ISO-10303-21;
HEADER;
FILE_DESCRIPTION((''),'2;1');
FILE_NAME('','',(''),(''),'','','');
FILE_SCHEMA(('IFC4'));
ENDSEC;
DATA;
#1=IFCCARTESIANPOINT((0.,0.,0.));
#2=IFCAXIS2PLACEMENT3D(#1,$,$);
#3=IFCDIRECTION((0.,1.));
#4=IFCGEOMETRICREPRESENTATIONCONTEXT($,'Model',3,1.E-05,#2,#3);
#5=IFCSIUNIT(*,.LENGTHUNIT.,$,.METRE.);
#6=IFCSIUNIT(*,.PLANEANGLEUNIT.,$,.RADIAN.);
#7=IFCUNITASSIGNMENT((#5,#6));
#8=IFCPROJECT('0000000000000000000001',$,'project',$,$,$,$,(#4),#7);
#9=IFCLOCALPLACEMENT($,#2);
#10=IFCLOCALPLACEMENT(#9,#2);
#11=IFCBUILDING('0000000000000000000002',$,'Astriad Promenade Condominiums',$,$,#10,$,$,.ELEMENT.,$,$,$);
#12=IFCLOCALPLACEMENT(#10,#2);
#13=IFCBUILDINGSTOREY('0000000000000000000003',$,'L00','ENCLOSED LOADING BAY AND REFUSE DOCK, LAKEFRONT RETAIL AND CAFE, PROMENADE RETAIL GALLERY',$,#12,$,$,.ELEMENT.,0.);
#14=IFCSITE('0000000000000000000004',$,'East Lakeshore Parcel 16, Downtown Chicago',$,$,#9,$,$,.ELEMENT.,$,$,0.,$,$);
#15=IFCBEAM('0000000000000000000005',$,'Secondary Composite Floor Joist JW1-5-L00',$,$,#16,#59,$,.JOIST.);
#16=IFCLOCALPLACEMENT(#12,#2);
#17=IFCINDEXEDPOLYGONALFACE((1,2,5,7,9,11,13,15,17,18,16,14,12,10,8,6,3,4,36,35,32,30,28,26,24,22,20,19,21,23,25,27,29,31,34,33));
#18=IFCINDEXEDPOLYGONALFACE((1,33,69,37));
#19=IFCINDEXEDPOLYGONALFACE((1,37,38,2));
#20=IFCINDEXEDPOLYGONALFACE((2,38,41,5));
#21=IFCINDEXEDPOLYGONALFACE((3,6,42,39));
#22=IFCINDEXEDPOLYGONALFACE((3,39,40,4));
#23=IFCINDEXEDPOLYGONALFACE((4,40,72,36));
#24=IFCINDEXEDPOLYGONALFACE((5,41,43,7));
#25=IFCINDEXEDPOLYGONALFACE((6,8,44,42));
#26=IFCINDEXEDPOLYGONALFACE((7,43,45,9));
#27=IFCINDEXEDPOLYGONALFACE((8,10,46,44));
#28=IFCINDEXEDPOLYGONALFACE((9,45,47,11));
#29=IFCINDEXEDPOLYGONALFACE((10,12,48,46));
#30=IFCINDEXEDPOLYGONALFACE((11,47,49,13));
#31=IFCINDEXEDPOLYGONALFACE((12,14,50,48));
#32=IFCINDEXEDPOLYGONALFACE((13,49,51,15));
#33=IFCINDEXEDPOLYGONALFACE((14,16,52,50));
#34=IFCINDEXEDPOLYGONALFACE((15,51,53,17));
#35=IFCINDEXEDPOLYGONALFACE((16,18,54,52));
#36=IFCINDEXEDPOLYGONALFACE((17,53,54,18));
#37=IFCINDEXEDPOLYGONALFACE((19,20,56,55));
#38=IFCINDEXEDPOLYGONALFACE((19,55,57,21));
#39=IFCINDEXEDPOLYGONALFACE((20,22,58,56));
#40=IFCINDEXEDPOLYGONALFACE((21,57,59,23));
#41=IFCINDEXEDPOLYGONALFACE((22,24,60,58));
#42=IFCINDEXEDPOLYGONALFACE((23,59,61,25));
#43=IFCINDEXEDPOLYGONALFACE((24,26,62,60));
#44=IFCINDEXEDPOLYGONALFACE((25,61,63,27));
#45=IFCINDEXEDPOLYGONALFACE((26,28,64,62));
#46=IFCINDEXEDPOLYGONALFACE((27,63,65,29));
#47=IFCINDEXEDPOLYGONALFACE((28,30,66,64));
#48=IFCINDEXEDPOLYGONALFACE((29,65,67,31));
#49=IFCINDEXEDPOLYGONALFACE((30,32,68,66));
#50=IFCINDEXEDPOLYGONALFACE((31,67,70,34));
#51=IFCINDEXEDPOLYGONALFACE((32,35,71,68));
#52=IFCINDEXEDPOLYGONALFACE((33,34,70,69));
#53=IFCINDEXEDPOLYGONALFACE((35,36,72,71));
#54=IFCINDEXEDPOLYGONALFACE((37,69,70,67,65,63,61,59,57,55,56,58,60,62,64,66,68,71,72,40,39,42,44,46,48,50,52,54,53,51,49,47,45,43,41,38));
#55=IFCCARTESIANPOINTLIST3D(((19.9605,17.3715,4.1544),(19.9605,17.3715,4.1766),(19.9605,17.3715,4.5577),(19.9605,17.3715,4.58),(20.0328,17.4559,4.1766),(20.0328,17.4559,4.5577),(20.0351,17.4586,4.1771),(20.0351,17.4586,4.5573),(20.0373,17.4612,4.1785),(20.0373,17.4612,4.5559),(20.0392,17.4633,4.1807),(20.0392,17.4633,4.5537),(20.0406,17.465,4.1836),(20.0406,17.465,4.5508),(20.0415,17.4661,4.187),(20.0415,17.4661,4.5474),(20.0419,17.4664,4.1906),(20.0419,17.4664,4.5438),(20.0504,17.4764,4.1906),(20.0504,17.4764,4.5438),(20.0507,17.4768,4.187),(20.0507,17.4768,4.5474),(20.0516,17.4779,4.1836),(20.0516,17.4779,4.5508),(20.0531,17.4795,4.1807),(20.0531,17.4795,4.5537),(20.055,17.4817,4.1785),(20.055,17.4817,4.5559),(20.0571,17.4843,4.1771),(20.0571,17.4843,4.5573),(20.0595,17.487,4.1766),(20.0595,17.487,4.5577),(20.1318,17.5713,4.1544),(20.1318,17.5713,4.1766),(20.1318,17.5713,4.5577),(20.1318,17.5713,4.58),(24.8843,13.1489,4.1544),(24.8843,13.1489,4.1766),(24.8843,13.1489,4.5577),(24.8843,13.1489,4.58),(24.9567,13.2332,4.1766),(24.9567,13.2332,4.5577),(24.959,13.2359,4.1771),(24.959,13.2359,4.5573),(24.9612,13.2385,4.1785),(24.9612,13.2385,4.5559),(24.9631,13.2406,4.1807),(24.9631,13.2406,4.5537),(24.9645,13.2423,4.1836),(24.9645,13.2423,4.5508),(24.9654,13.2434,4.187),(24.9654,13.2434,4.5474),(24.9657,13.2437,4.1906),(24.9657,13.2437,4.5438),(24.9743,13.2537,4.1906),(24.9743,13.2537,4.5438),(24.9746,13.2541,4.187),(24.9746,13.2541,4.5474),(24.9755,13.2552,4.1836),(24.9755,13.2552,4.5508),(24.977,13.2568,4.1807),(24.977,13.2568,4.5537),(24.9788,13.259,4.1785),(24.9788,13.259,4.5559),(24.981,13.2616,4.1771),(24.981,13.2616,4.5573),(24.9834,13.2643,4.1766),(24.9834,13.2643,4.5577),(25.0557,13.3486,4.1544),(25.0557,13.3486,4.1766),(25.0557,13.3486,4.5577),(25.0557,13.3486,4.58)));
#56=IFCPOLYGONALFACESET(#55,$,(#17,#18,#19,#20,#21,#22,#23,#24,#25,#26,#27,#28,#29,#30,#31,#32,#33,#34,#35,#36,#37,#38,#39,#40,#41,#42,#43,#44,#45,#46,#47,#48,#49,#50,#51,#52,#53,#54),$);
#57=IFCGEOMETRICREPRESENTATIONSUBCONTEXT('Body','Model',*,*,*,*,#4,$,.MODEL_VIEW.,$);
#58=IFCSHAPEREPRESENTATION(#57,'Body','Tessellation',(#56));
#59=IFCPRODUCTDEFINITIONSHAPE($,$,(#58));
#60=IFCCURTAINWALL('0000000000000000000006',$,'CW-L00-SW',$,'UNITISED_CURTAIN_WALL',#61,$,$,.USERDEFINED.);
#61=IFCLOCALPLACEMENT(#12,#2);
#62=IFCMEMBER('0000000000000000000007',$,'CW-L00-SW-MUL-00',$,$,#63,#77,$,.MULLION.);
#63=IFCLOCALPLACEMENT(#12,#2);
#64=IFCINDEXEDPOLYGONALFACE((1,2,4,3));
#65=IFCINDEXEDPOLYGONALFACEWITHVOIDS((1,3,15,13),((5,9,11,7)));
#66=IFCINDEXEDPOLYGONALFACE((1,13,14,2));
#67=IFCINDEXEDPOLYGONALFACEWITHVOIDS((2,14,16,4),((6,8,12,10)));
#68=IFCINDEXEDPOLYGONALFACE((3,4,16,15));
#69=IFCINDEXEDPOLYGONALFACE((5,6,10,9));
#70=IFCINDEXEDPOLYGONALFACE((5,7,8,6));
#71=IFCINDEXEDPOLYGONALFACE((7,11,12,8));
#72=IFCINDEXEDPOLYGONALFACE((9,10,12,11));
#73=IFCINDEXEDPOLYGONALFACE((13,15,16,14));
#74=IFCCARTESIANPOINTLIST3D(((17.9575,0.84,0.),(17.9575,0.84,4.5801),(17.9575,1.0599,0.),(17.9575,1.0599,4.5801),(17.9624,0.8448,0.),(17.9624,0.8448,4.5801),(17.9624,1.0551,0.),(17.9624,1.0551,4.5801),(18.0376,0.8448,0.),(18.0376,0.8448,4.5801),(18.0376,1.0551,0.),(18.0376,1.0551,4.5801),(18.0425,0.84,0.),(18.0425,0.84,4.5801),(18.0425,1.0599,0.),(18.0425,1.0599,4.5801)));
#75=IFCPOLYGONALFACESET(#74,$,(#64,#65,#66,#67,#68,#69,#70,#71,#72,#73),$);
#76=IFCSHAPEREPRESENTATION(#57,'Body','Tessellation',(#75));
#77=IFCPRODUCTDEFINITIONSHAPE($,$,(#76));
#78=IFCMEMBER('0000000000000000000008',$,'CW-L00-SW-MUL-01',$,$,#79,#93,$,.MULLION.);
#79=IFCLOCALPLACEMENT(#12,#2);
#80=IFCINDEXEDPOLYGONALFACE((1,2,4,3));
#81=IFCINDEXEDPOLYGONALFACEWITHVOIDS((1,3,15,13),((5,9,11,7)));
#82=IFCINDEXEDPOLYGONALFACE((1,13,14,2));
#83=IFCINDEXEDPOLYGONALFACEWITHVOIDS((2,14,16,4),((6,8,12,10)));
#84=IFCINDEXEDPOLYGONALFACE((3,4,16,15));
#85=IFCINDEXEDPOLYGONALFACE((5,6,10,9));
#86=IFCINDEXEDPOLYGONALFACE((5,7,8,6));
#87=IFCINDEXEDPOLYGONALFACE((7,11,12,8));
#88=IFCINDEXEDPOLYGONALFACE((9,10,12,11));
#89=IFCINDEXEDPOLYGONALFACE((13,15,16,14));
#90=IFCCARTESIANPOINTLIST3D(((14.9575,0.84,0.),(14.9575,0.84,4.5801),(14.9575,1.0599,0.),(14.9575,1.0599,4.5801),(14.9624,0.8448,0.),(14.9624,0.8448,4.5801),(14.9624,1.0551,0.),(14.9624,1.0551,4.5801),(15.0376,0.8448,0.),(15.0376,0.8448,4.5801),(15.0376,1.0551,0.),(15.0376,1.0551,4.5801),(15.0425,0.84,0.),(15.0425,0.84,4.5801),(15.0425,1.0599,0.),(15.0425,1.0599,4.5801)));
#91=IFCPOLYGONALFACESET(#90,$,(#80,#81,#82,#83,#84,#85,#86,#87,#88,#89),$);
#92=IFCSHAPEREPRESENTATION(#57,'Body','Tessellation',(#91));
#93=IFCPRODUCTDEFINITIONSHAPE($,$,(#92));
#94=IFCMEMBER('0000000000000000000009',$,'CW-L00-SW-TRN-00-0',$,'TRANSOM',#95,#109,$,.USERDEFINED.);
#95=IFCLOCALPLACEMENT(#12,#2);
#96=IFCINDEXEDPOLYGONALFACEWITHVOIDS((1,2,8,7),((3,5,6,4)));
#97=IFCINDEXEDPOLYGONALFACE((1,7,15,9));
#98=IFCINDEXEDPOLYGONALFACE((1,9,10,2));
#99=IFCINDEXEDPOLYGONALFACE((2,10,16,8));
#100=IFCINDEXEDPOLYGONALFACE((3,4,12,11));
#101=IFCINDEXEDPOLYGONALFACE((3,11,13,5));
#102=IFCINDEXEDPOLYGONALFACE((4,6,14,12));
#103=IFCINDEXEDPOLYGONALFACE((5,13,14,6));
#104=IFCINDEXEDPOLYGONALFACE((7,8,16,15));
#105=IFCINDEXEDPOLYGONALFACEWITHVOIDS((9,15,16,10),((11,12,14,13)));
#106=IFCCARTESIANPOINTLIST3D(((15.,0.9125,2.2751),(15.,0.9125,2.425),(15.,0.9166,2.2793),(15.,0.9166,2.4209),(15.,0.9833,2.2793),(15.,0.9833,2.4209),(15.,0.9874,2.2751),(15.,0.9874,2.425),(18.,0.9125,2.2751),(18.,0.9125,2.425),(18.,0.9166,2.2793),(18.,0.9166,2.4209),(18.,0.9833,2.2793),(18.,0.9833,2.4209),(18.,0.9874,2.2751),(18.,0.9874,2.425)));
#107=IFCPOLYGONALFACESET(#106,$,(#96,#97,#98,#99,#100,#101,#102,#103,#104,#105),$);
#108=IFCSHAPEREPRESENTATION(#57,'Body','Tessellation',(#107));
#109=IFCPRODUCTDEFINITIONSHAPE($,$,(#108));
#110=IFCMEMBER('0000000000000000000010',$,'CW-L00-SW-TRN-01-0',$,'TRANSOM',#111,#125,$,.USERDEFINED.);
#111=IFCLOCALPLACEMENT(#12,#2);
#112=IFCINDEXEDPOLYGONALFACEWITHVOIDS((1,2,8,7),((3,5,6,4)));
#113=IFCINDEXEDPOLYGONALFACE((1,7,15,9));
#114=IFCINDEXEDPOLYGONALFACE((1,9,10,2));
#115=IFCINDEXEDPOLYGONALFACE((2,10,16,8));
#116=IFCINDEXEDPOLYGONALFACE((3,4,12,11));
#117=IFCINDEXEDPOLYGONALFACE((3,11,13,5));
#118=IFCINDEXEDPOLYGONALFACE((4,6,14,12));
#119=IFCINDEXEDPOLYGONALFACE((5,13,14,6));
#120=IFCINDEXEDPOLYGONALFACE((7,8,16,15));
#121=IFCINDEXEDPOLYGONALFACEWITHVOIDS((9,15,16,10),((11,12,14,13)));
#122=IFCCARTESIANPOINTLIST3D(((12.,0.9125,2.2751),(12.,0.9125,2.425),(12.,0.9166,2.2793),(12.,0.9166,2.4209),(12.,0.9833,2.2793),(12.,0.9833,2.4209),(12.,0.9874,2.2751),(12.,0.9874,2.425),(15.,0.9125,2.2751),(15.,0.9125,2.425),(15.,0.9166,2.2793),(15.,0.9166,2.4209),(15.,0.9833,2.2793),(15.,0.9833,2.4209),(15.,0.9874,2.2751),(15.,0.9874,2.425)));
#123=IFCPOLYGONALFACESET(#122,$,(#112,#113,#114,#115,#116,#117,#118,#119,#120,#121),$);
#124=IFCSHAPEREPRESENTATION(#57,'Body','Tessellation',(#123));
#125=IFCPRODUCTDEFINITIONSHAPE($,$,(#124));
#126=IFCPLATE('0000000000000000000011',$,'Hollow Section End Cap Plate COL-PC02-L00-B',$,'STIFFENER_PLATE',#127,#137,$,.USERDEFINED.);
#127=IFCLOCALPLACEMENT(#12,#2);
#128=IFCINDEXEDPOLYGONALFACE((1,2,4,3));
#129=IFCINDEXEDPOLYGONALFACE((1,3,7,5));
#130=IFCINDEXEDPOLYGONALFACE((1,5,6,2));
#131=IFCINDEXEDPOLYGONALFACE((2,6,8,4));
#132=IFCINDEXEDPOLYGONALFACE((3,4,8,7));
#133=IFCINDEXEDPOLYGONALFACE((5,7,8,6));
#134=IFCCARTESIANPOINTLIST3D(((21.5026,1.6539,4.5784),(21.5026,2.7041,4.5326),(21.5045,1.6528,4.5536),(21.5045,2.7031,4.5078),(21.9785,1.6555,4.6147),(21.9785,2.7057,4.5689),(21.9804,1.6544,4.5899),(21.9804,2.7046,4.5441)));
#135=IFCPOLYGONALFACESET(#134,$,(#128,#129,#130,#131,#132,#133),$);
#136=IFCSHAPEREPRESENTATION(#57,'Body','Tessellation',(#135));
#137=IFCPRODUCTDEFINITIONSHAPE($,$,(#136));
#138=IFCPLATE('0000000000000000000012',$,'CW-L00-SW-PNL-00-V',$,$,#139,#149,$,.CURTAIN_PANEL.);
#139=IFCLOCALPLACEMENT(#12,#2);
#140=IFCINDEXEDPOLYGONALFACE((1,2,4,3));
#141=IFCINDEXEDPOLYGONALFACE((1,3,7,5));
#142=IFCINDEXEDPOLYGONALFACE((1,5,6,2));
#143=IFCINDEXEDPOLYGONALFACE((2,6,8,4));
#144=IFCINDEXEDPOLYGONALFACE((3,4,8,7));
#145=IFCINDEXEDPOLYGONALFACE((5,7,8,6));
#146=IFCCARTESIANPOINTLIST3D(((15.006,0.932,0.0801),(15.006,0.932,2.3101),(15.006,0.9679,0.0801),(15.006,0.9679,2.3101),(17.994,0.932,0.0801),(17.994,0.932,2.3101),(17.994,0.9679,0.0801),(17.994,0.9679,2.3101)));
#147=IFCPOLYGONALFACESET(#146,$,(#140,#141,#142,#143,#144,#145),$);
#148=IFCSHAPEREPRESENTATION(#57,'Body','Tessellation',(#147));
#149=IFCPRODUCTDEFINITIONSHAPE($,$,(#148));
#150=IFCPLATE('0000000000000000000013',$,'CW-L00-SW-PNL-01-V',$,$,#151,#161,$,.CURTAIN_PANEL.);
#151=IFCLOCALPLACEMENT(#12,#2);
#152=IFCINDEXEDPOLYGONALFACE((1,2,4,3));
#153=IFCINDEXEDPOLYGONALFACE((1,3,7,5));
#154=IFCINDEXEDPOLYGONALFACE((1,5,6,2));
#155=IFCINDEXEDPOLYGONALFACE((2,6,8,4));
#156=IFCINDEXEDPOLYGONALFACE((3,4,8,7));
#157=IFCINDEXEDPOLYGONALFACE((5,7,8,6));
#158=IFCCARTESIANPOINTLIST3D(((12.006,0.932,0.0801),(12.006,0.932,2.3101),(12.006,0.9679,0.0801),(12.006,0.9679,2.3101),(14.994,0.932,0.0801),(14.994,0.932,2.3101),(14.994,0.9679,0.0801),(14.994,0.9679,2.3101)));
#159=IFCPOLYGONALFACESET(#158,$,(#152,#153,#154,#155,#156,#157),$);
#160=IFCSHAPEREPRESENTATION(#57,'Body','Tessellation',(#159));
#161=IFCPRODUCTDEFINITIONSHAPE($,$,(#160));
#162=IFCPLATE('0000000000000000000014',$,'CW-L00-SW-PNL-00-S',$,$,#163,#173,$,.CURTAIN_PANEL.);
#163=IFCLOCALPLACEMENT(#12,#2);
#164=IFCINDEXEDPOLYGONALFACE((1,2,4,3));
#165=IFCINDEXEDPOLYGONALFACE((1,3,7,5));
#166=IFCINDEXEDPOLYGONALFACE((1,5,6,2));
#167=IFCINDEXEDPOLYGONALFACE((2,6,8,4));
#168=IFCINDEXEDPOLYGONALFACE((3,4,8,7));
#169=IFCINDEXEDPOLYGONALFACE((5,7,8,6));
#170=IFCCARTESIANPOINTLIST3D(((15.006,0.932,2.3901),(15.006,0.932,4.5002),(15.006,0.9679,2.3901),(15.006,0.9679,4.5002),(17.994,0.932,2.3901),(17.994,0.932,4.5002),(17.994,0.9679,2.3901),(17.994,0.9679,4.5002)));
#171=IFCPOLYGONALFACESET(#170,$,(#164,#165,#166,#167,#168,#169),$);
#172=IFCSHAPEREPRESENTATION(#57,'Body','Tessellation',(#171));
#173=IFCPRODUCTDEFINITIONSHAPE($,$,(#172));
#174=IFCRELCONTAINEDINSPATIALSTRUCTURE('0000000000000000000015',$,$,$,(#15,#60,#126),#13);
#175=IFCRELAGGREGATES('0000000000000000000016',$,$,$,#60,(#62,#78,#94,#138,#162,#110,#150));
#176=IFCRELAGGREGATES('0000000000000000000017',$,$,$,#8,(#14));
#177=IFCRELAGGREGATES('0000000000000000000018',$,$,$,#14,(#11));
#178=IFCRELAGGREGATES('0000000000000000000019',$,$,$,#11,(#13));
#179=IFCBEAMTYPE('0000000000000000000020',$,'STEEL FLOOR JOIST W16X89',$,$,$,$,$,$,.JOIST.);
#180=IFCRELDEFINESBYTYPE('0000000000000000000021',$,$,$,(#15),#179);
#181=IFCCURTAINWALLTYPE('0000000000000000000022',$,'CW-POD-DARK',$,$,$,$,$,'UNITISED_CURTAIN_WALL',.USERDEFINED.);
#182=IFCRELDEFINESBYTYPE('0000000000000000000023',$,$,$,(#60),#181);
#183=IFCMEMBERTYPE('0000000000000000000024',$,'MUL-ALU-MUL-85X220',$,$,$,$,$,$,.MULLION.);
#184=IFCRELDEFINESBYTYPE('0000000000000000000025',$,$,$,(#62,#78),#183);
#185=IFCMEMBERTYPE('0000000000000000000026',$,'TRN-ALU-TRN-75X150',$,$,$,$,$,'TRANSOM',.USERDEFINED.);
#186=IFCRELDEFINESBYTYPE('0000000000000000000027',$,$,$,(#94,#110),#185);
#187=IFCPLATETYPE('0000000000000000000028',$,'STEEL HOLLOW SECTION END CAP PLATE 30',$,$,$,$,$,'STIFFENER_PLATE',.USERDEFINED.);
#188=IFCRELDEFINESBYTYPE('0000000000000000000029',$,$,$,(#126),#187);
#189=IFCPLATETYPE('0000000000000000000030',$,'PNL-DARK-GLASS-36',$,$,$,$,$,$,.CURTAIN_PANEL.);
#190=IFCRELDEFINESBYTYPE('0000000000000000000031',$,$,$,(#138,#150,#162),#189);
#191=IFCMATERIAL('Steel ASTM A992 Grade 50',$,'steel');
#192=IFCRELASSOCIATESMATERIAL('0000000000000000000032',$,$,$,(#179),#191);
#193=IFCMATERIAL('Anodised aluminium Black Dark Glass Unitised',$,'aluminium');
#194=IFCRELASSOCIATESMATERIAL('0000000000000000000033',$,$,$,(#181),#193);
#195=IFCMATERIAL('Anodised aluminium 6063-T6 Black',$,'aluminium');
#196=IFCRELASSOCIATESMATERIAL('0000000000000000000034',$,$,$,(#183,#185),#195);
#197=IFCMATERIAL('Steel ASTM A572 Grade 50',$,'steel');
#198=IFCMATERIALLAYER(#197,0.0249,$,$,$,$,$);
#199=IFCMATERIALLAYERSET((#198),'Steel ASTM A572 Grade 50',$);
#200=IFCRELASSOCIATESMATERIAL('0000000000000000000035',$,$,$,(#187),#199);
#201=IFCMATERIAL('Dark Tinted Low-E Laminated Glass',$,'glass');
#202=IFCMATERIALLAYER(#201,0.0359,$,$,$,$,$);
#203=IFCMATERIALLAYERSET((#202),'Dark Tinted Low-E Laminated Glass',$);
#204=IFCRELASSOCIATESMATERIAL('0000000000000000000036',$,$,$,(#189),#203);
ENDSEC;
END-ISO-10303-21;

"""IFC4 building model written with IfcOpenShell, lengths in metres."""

from ifc_helpers import new_model, si_unit, direction, frame, origin, origin_2d, place, context, subcontext, project, spatial, rectangle, hollow_rectangle, i_section, extrude, source, transform, mapped, material, layer, layer_set, material_profile, profile_set, type_object, type_shapes, element, aggregate, save


model = new_model("IFC4")

# Units and contexts
model_context = context("Model", 3, precision=1e-05, world=origin(), true_north=direction((0.0, 1.0)))
body_context = subcontext(model_context, "Body", "Model", "MODEL_VIEW")
ifc_project = project(units=[si_unit("LENGTHUNIT", "METRE"), si_unit("PLANEANGLEUNIT", "RADIAN")], contexts=[model_context])

# Site, building, storey
site_placement = place(None, origin())
site = spatial("IfcSite", under=ifc_project, at=site_placement, Name="East Lakeshore Parcel 16, Downtown Chicago", CompositionType="ELEMENT", RefElevation=0.0)
building_placement = place(site_placement, origin())
building = spatial("IfcBuilding", under=site, at=building_placement, Name="Astriad Promenade Condominiums", CompositionType="ELEMENT")
storey_placement = place(building_placement, origin())
storey = spatial("IfcBuildingStorey", under=building, at=storey_placement, Name="L00", Description="ENCLOSED LOADING BAY AND REFUSE DOCK, LAKEFRONT RETAIL AND CAFE, PROMENADE RETAIL GALLERY", CompositionType="ELEMENT", Elevation=0.0)

# Beam
ifc_material_1 = material(Name="Steel ASTM A992 Grade 50", Category="steel")
ifc_material_profile_1 = material_profile(ifc_material_1, i_section(OverallWidth=0.2632, OverallDepth=0.4255, WebThickness=0.0132, FlangeThickness=0.0222, FilletRadius=0.0139, at=origin_2d()), Name="W16X89")
ifc_profile_set_1 = profile_set([ifc_material_profile_1], Name="Steel ASTM A992 Grade 50")
beam_type_1 = type_object("IfcBeamType", Name="STEEL FLOOR JOIST W16X89", PredefinedType="JOIST", material=ifc_profile_set_1)
shared_shape_1 = source(origin(), body_context, "Body", "SweptSolid", [
    extrude(i_section(OverallWidth=0.2632, OverallDepth=0.4255, WebThickness=0.0132, FlangeThickness=0.0222, FilletRadius=0.0139, at=origin_2d()), origin(), (0.0, 0.0, 1.0), 6.4866),
])
type_shapes(beam_type_1, [shared_shape_1])
beam_1_placement = place(storey_placement, frame((20.0461, 17.4714, 4.3672), z_axis=(0.759087, -0.65099, 0.0), x_axis=(0.65099, 0.759087, 0.0)))
element("IfcBeam", 1, at=beam_1_placement, inside=storey, type_object=beam_type_1, Name="Secondary Composite Floor Joist JW1-5-L00", PredefinedType="JOIST", context=body_context, shape_type="MappedRepresentation", body=[
    mapped(shared_shape_1, transform((0.0, 0.0, 0.0), scale=1.0)),
])

# Curtain wall, members
ifc_material_2 = material(Name="Anodised aluminium Black Dark Glass Unitised", Category="aluminium")
curtain_wall_type = type_object("IfcCurtainWallType", Name="CW-POD-DARK", ElementType="UNITISED_CURTAIN_WALL", PredefinedType="USERDEFINED", material=ifc_material_2)
curtain_wall_placement = place(storey_placement, origin())
curtain_wall = element("IfcCurtainWall", 2, at=curtain_wall_placement, inside=storey, type_object=curtain_wall_type, Name="CW-L00-SW", ObjectType="UNITISED_CURTAIN_WALL", PredefinedType="USERDEFINED")
ifc_material_3 = material(Name="Anodised aluminium 6063-T6 Black", Category="aluminium")
ifc_material_profile_2 = material_profile(ifc_material_3, hollow_rectangle(XDim=0.085, YDim=0.22, WallThickness=0.0049, at=origin_2d()), Name="ALU-MUL-85X220")
ifc_profile_set_2 = profile_set([ifc_material_profile_2], Name="Anodised aluminium 6063-T6 Black")
member_type_1 = type_object("IfcMemberType", Name="MUL-ALU-MUL-85X220", PredefinedType="MULLION", material=ifc_profile_set_2)
shared_shape_2 = source(origin(), body_context, "Body", "SweptSolid", [
    extrude(hollow_rectangle(XDim=0.085, YDim=0.22, WallThickness=0.0049, at=origin_2d()), origin(), (0.0, 0.0, 1.0), 4.5801),
])
type_shapes(member_type_1, [shared_shape_2])
member_1_placement = place(storey_placement, frame((18.0, 0.95, 0.0), z_axis=(0.0, 0.0, 1.0), x_axis=(1.0, 0.0, 0.0)))
member_1 = element("IfcMember", 3, at=member_1_placement, type_object=member_type_1, Name="CW-L00-SW-MUL-00", PredefinedType="MULLION", context=body_context, shape_type="MappedRepresentation", body=[
    mapped(shared_shape_2, transform((0.0, 0.0, 0.0), scale=1.0)),
])
member_2_placement = place(storey_placement, frame((15.0, 0.95, 0.0), z_axis=(0.0, 0.0, 1.0), x_axis=(1.0, 0.0, 0.0)))
member_2 = element("IfcMember", 4, at=member_2_placement, type_object=member_type_1, Name="CW-L00-SW-MUL-01", PredefinedType="MULLION", context=body_context, shape_type="MappedRepresentation", body=[
    mapped(shared_shape_2, transform((0.0, 0.0, 0.0), scale=1.0)),
])
ifc_material_profile_3 = material_profile(ifc_material_3, hollow_rectangle(XDim=0.075, YDim=0.1499, WallThickness=0.0042, at=origin_2d()), Name="ALU-TRN-75X150")
ifc_profile_set_3 = profile_set([ifc_material_profile_3], Name="Anodised aluminium 6063-T6 Black")
member_type_2 = type_object("IfcMemberType", Name="TRN-ALU-TRN-75X150", ElementType="TRANSOM", PredefinedType="USERDEFINED", material=ifc_profile_set_3)
shared_shape_3 = source(origin(), body_context, "Body", "SweptSolid", [
    extrude(hollow_rectangle(XDim=0.075, YDim=0.1499, WallThickness=0.0042, at=origin_2d()), origin(), (0.0, 0.0, 1.0), 3.0),
])
type_shapes(member_type_2, [shared_shape_3])
member_3_placement = place(storey_placement, frame((18.0, 0.95, 2.3501), z_axis=(-1.0, 0.0, 0.0), x_axis=(0.0, -1.0, 0.0)))
member_3 = element("IfcMember", 5, at=member_3_placement, type_object=member_type_2, Name="CW-L00-SW-TRN-00-0", ObjectType="TRANSOM", PredefinedType="USERDEFINED", context=body_context, shape_type="MappedRepresentation", body=[
    mapped(shared_shape_3, transform((0.0, 0.0, 0.0), scale=1.0)),
])
member_4_placement = place(storey_placement, frame((15.0, 0.95, 2.3501), z_axis=(-1.0, 0.0, 0.0), x_axis=(0.0, -1.0, 0.0)))
member_4 = element("IfcMember", 6, at=member_4_placement, type_object=member_type_2, Name="CW-L00-SW-TRN-01-0", ObjectType="TRANSOM", PredefinedType="USERDEFINED", context=body_context, shape_type="MappedRepresentation", body=[
    mapped(shared_shape_3, transform((0.0, 0.0, 0.0), scale=1.0)),
])

# Plates
ifc_material_4 = material(Name="Steel ASTM A572 Grade 50", Category="steel")
ifc_layer_1 = layer(ifc_material_4, 0.0249)
ifc_layer_set_1 = layer_set([ifc_layer_1], Name="Steel ASTM A572 Grade 50")
plate_type_1 = type_object("IfcPlateType", Name="STEEL HOLLOW SECTION END CAP PLATE 30", ElementType="STIFFENER_PLATE", PredefinedType="USERDEFINED", material=ifc_layer_set_1)
shared_shape_4 = source(origin(), body_context, "Body", "SweptSolid", [
    extrude(rectangle(XDim=0.4773, YDim=1.0513, at=origin_2d()), origin(), (0.0, 0.0, 1.0), 0.0249),
])
type_shapes(plate_type_1, [shared_shape_4])
plate_1_placement = place(storey_placement, frame((21.7424, 2.1787, 4.5488), z_axis=(-0.076118, 0.043483, 0.99615), x_axis=(1.0, 0.0, 0.0)))
element("IfcPlate", 7, at=plate_1_placement, inside=storey, type_object=plate_type_1, Name="Hollow Section End Cap Plate COL-PC02-L00-B", ObjectType="STIFFENER_PLATE", PredefinedType="USERDEFINED", context=body_context, shape_type="MappedRepresentation", body=[
    mapped(shared_shape_4, transform((0.0, 0.0, 0.0), scale=1.0)),
])
ifc_material_5 = material(Name="Dark Tinted Low-E Laminated Glass", Category="glass")
ifc_layer_2 = layer(ifc_material_5, 0.0359)
ifc_layer_set_2 = layer_set([ifc_layer_2], Name="Dark Tinted Low-E Laminated Glass")
plate_type_2 = type_object("IfcPlateType", Name="PNL-DARK-GLASS-36", PredefinedType="CURTAIN_PANEL", material=ifc_layer_set_2)
shared_shape_5 = source(origin(), body_context, "Body", "SweptSolid", [
    extrude(rectangle(XDim=2.988, YDim=0.0359, at=origin_2d()), origin(), (0.0, 0.0, 1.0), 2.23),
])
plate_2_placement = place(storey_placement, frame((16.5, 0.95, 0.0801), z_axis=(0.0, 0.0, 1.0), x_axis=(-1.0, 0.0, 0.0)))
plate_2 = element("IfcPlate", 8, at=plate_2_placement, type_object=plate_type_2, Name="CW-L00-SW-PNL-00-V", PredefinedType="CURTAIN_PANEL", context=body_context, shape_type="MappedRepresentation", body=[
    mapped(shared_shape_5, transform((0.0, 0.0, 0.0), scale=1.0)),
])
plate_3_placement = place(storey_placement, frame((13.5, 0.95, 0.0801), z_axis=(0.0, 0.0, 1.0), x_axis=(-1.0, 0.0, 0.0)))
plate_3 = element("IfcPlate", 9, at=plate_3_placement, type_object=plate_type_2, Name="CW-L00-SW-PNL-01-V", PredefinedType="CURTAIN_PANEL", context=body_context, shape_type="MappedRepresentation", body=[
    mapped(shared_shape_5, transform((0.0, 0.0, 0.0), scale=1.0)),
])
shared_shape_6 = source(origin(), body_context, "Body", "SweptSolid", [
    extrude(rectangle(XDim=2.988, YDim=0.0359, at=origin_2d()), origin(), (0.0, 0.0, 1.0), 2.1101),
])
type_shapes(plate_type_2, [shared_shape_5, shared_shape_6])
plate_4_placement = place(storey_placement, frame((16.5, 0.95, 2.3901), z_axis=(0.0, 0.0, 1.0), x_axis=(-1.0, 0.0, 0.0)))
plate_4 = element("IfcPlate", 10, at=plate_4_placement, type_object=plate_type_2, Name="CW-L00-SW-PNL-00-S", PredefinedType="CURTAIN_PANEL", context=body_context, shape_type="MappedRepresentation", body=[
    mapped(shared_shape_6, transform((0.0, 0.0, 0.0), scale=1.0)),
])
aggregate(curtain_wall, [member_1, member_2, member_3, plate_2, plate_4, member_4, plate_3])

save(model, "model.ifc")
